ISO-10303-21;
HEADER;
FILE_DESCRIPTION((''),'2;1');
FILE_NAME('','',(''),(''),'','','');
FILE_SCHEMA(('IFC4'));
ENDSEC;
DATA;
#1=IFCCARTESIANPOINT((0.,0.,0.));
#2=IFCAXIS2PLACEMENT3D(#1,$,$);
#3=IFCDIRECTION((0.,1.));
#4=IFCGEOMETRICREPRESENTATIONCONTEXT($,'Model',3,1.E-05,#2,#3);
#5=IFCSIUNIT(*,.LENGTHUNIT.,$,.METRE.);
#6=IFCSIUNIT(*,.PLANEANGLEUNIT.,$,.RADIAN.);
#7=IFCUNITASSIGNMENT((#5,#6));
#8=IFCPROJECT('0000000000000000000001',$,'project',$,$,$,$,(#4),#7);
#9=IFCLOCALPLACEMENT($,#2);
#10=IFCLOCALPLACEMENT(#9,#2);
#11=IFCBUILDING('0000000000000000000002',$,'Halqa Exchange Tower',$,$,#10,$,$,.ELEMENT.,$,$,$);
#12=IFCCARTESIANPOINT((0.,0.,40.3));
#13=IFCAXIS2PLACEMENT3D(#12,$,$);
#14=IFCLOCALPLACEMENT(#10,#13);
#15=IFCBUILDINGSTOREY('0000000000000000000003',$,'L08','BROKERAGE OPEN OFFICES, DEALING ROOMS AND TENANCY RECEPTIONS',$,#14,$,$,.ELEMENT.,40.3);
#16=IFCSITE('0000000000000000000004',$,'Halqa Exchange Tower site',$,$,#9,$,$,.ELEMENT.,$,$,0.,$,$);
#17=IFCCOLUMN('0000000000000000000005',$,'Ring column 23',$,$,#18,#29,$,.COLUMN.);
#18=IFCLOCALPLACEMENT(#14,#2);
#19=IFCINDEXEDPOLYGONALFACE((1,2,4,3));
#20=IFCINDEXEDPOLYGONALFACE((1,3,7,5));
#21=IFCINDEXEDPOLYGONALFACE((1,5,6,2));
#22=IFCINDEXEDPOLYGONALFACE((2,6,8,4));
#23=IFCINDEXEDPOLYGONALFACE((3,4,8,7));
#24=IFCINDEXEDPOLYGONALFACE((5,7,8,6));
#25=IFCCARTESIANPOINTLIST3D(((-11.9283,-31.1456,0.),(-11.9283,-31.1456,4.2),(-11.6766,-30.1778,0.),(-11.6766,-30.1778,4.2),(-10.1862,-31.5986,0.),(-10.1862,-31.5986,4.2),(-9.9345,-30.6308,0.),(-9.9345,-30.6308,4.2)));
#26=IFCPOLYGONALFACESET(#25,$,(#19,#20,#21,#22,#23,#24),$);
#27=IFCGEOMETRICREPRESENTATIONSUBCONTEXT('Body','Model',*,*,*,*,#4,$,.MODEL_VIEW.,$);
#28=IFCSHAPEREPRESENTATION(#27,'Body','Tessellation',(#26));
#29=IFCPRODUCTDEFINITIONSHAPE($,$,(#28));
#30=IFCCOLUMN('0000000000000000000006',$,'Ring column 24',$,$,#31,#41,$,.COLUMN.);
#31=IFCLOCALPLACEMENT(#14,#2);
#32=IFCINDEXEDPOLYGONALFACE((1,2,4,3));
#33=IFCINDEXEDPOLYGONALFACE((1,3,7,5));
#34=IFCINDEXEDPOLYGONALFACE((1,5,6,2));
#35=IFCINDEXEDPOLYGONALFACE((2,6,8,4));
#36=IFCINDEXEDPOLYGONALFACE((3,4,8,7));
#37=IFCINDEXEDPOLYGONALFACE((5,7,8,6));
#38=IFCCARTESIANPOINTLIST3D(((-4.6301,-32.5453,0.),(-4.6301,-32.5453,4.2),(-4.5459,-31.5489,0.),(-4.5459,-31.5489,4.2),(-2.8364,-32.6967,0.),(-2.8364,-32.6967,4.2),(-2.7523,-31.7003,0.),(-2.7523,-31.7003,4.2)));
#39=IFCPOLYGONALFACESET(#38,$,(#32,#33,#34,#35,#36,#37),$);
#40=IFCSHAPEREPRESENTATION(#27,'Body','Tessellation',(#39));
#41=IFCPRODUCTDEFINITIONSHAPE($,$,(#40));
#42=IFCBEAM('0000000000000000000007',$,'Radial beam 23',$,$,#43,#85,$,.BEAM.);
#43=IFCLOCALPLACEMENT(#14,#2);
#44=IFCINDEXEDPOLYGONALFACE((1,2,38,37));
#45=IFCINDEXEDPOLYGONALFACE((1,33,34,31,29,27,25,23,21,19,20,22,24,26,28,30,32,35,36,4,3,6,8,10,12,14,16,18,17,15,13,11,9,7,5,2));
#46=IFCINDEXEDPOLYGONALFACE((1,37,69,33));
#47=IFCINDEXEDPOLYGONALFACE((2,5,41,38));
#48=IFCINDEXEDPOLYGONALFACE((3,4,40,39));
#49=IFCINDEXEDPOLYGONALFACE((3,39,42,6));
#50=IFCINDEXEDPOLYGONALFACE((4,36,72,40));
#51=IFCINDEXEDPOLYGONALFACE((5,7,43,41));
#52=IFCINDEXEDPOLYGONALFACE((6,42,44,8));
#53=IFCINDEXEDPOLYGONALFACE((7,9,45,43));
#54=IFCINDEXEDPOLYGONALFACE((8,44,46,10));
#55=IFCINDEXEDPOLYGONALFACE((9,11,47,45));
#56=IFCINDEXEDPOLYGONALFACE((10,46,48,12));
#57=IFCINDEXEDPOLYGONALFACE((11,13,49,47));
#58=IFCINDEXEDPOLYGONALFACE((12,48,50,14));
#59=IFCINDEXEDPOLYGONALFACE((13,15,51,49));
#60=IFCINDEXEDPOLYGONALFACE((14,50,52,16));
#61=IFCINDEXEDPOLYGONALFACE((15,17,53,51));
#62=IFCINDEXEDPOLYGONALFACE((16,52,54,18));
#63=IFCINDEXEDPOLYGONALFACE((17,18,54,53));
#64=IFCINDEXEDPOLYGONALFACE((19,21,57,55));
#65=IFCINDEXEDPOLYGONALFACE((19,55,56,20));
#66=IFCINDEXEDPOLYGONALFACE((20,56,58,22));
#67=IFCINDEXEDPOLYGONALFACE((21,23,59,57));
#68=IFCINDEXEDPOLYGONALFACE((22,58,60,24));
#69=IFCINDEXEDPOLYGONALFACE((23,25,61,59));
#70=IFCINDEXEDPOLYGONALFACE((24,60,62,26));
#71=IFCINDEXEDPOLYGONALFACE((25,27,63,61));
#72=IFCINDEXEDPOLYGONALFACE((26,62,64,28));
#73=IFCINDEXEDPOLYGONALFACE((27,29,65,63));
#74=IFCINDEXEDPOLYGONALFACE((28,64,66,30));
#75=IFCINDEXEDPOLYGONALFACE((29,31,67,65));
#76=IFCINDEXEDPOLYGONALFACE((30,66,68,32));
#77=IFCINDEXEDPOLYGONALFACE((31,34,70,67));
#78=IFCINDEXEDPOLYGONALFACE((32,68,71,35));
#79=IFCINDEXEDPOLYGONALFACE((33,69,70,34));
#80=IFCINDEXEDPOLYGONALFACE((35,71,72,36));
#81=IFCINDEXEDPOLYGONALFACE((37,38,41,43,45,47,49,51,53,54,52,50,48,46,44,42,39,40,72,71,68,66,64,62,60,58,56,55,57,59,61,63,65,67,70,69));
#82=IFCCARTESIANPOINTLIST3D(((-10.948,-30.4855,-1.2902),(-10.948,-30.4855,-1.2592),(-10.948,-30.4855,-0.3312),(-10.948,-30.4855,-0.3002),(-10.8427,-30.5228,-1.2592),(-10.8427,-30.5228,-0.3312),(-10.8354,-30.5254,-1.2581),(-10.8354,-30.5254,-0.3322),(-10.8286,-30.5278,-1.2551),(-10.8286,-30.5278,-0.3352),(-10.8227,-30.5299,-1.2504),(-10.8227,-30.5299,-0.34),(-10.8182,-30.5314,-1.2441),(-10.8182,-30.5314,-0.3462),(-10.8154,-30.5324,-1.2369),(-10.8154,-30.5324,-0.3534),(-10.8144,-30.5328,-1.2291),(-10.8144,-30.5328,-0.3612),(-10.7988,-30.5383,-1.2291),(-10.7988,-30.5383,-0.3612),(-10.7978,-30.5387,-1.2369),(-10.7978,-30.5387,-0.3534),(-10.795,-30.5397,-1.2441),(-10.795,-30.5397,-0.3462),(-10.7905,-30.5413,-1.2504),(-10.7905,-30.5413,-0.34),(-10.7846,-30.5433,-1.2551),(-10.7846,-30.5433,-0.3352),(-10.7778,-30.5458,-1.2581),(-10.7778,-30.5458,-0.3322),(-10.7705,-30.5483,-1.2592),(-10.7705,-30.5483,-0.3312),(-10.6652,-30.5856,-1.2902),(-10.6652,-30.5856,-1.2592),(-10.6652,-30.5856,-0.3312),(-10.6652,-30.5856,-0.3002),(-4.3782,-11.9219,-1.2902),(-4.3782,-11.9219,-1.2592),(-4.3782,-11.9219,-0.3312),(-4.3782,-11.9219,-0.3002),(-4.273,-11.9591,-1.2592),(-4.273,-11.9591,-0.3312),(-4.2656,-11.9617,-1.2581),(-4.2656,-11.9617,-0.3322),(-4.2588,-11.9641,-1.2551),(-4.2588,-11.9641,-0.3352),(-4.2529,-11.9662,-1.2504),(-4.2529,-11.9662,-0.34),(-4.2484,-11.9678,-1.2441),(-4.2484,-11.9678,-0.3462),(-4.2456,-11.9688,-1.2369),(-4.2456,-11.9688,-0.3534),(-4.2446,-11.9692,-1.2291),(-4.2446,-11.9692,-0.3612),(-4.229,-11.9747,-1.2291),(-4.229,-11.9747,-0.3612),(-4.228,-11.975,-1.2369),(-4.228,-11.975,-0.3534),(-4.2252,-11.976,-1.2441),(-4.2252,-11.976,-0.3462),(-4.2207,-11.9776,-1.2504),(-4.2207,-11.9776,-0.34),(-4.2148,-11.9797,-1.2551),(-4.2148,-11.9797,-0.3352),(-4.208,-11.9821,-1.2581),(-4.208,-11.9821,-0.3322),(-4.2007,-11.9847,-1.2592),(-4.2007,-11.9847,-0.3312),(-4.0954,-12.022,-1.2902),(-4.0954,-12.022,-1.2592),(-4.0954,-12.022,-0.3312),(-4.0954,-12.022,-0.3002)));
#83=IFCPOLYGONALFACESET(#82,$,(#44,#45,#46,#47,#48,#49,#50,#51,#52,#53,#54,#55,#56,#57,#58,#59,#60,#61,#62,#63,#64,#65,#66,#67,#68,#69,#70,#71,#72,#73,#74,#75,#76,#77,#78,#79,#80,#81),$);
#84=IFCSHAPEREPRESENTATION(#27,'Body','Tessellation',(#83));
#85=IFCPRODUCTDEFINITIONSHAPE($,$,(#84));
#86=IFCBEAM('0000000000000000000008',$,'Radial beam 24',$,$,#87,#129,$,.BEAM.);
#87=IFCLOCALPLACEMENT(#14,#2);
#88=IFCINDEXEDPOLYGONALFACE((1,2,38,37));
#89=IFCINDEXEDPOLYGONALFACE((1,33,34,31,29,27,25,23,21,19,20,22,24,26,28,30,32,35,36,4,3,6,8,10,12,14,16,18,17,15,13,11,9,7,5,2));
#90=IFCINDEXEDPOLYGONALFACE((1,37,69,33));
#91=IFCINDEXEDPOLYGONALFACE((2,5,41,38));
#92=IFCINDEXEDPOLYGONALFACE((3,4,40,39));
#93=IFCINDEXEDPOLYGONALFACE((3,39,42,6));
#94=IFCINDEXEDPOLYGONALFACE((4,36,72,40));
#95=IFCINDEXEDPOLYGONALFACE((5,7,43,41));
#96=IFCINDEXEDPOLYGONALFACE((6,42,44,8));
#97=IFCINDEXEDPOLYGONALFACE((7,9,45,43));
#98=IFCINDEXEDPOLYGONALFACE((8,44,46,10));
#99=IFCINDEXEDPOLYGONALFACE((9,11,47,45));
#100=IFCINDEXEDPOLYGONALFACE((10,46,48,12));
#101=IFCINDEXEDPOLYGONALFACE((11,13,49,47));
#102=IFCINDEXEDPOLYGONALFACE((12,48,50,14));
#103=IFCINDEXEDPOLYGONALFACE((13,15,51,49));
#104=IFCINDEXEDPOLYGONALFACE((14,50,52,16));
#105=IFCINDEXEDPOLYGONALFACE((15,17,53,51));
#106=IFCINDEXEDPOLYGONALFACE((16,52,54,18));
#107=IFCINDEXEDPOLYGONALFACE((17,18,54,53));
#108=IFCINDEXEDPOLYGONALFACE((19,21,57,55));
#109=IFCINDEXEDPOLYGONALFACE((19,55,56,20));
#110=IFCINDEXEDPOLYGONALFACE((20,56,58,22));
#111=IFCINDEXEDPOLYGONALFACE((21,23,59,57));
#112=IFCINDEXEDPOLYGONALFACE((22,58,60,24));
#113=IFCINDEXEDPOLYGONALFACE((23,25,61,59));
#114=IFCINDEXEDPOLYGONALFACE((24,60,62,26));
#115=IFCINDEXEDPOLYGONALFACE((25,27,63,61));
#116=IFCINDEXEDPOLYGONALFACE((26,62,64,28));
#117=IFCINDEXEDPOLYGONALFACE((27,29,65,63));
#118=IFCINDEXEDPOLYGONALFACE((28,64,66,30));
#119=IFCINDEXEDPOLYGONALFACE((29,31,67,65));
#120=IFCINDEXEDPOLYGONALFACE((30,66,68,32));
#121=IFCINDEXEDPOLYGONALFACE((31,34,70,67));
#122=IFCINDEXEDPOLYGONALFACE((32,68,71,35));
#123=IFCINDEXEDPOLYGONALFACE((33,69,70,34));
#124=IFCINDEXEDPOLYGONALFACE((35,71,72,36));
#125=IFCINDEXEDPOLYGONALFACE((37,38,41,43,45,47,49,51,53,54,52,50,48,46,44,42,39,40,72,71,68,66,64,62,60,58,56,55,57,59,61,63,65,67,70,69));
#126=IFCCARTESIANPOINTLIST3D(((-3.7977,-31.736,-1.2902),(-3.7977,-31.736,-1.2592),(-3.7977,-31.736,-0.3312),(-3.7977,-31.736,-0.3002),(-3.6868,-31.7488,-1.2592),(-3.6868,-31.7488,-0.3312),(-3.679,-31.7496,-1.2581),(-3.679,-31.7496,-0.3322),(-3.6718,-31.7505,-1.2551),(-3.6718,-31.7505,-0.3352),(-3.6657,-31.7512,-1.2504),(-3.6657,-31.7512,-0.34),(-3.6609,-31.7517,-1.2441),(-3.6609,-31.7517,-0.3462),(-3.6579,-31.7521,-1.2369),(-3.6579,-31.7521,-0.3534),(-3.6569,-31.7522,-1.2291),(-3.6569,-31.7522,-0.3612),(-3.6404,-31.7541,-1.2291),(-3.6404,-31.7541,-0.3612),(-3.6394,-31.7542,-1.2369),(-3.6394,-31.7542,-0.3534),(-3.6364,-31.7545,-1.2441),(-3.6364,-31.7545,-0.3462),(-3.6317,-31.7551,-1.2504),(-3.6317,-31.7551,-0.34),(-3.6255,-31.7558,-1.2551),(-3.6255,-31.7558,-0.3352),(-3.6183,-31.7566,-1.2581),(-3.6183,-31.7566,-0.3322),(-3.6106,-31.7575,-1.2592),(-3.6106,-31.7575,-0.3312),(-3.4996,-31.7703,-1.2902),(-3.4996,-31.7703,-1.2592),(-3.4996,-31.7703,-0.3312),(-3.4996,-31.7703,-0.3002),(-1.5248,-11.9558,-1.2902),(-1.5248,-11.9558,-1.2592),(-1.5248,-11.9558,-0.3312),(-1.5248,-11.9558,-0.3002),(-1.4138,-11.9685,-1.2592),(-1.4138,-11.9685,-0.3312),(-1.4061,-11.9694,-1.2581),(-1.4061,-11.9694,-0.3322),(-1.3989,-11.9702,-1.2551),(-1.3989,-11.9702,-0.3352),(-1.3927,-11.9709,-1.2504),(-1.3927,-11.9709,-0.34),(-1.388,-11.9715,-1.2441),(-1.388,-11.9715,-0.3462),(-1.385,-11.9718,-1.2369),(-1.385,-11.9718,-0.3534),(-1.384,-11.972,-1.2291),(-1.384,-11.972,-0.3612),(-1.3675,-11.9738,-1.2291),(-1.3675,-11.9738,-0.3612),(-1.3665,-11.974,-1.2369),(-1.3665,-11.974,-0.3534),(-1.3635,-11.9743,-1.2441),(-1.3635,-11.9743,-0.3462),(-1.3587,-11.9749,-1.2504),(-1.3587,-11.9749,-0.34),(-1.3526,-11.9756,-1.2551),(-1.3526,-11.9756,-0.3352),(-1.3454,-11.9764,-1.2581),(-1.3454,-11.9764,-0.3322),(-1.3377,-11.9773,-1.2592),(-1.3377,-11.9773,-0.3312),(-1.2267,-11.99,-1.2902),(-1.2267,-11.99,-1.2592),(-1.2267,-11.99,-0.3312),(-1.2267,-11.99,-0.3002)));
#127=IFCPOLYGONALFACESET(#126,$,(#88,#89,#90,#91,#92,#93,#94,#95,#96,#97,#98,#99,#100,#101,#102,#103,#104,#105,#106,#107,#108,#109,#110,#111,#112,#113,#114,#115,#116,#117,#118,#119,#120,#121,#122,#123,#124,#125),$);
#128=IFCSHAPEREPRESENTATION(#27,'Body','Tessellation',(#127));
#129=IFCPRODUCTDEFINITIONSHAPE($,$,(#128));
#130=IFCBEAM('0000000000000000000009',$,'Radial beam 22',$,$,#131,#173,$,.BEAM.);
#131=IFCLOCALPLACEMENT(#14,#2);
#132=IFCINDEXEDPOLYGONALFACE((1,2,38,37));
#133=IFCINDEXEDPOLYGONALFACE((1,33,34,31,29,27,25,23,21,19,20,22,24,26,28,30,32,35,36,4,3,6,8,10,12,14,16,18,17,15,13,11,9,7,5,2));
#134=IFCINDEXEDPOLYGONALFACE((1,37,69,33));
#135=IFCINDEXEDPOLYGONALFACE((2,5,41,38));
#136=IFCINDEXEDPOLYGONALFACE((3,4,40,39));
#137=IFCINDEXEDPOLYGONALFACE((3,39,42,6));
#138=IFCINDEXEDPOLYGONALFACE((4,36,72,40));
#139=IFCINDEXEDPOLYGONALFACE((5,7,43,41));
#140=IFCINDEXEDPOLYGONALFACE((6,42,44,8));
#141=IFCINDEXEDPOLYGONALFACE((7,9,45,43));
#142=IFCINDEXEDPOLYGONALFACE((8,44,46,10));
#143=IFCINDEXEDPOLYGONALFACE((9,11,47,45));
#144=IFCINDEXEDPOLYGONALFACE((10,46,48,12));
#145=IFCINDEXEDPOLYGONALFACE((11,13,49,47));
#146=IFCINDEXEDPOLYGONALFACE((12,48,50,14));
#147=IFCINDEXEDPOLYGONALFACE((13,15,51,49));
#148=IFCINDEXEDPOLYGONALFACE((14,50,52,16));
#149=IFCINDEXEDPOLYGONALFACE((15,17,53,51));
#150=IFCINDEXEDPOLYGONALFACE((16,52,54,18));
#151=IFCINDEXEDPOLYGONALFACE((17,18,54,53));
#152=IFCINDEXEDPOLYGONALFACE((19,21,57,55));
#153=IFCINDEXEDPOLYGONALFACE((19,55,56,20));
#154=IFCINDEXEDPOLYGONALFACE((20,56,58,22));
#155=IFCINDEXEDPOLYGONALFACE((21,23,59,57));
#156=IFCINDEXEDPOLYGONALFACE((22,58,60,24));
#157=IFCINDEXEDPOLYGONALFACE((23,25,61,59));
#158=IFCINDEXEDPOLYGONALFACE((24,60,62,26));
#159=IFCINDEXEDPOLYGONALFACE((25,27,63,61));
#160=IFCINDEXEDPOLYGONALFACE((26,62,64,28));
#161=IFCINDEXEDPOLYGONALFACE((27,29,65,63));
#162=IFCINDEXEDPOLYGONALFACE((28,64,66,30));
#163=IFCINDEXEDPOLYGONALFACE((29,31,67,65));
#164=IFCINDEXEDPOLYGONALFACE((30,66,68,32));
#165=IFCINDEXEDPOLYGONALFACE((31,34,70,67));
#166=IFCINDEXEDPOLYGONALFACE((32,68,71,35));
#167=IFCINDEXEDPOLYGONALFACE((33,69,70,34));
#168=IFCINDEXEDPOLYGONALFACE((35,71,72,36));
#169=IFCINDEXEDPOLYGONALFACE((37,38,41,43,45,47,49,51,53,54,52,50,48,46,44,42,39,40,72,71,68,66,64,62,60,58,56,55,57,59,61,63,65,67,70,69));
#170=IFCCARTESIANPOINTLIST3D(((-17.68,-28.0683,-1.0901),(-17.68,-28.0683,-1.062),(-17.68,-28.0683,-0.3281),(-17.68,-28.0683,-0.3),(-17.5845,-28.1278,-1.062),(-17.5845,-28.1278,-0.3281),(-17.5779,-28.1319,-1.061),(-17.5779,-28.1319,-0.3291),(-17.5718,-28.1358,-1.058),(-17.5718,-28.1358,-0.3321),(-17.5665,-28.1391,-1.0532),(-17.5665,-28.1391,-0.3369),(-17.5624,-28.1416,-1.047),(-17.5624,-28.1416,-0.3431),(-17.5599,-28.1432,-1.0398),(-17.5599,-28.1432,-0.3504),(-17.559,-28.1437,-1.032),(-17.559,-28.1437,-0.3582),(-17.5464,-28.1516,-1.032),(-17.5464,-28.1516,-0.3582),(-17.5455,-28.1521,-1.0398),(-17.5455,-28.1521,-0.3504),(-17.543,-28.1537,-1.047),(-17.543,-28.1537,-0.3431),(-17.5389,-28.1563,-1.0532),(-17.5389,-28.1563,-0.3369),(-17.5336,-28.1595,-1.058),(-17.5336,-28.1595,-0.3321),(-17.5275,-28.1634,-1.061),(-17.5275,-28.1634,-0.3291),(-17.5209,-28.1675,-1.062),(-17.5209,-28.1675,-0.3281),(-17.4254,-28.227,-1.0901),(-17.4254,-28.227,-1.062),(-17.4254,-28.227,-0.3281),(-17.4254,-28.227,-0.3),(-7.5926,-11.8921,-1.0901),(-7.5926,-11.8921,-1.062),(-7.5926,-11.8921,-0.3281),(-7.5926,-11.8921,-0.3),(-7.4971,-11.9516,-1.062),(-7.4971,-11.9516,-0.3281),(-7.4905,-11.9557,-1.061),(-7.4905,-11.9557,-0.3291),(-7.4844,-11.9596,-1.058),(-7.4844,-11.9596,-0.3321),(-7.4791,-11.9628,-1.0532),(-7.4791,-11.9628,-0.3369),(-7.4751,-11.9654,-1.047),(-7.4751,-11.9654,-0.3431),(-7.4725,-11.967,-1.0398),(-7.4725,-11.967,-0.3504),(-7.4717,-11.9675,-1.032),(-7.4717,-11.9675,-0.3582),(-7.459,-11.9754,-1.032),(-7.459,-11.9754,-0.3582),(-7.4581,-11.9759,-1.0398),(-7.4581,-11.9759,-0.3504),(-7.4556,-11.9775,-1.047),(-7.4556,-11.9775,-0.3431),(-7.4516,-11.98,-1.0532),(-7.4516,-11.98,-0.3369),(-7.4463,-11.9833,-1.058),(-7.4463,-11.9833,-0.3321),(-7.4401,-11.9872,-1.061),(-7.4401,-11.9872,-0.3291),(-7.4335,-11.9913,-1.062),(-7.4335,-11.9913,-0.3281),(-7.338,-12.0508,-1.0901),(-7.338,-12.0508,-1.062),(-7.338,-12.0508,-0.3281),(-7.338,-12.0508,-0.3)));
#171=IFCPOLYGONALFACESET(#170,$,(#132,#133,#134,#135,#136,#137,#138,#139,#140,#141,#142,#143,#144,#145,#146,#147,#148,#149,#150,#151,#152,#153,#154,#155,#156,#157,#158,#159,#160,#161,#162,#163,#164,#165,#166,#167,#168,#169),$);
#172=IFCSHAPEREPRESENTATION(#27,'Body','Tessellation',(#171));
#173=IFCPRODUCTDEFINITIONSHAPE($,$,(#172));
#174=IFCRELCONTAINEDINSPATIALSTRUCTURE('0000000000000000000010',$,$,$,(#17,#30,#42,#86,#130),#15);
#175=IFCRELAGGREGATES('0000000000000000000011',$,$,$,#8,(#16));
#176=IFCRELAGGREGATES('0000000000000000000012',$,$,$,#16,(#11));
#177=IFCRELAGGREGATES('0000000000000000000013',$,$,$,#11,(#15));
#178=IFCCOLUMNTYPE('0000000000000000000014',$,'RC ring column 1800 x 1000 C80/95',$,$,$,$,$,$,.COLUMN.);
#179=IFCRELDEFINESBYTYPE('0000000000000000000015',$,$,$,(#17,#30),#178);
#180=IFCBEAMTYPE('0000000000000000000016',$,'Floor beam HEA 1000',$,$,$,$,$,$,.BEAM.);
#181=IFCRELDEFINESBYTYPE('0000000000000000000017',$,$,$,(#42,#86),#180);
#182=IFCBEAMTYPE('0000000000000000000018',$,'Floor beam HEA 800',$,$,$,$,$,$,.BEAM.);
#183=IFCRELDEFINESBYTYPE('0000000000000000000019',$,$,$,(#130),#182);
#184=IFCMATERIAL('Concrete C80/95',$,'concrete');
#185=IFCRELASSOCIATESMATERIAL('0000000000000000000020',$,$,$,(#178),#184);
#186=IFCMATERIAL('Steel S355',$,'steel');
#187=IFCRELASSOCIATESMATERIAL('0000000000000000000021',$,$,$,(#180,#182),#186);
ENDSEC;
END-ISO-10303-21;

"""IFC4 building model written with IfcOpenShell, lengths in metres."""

from ifc_helpers import new_model, si_unit, direction, frame, origin, origin_2d, place, context, subcontext, project, spatial, rectangle, i_section, extrude, material, material_profile, profile_set, type_object, element, save


model = new_model("IFC4")

# Units and contexts
model_context = context("Model", 3, precision=1e-05, world=origin(), true_north=direction((0.0, 1.0)))
body_context = subcontext(model_context, "Body", "Model", "MODEL_VIEW")
ifc_project = project(units=[si_unit("LENGTHUNIT", "METRE"), si_unit("PLANEANGLEUNIT", "RADIAN")], contexts=[model_context])

# Site, building, storey
site_placement = place(None, origin())
site = spatial("IfcSite", under=ifc_project, at=site_placement, Name="Halqa Exchange Tower site", CompositionType="ELEMENT", RefElevation=0.0)
building_placement = place(site_placement, origin())
building = spatial("IfcBuilding", under=site, at=building_placement, Name="Halqa Exchange Tower", CompositionType="ELEMENT")
storey_placement = place(building_placement, frame((0.0, 0.0, 40.3)))
storey = spatial("IfcBuildingStorey", under=building, at=storey_placement, Name="L08", Description="BROKERAGE OPEN OFFICES, DEALING ROOMS AND TENANCY RECEPTIONS", CompositionType="ELEMENT", Elevation=40.3)

# Columns
ifc_material_1 = material(Name="Concrete C80/95", Category="concrete")
ifc_material_profile_1 = material_profile(ifc_material_1, rectangle(XDim=1.8, YDim=1.0, at=origin_2d()), Name="1800 x 1000")
ifc_profile_set_1 = profile_set([ifc_material_profile_1], Name="Concrete C80/95")
column_type = type_object("IfcColumnType", Name="RC ring column 1800 x 1000 C80/95", PredefinedType="COLUMN", material=ifc_profile_set_1)
for number, where, z_axis, x_axis, name in (
    (1, (-10.9314, -30.8882, 0.0), (0.0, 0.0, 1.0), (0.967819, -0.251647, 0.0), "Ring column 23"),
    (2, (-3.6912, -32.1228, 0.0), (0.0, 0.0, 1.0), (0.996455, -0.084125, 0.0), "Ring column 24"),
):
    element("IfcColumn", number, at=place(storey_placement, frame(where, z_axis=z_axis, x_axis=x_axis)), inside=storey, type_object=column_type, Name=name, PredefinedType="COLUMN", context=body_context, shape_type="SweptSolid", body=[
        extrude(rectangle(XDim=1.8, YDim=1.0, at=origin_2d()), origin(), (0.0, 0.0, 1.0), 4.2),
    ])

# Beams
ifc_material_2 = material(Name="Steel S355", Category="steel")
ifc_material_profile_2 = material_profile(ifc_material_2, i_section(OverallWidth=0.3, OverallDepth=0.99, WebThickness=0.0166, FlangeThickness=0.031, FilletRadius=0.03, at=origin_2d()), Name="HEA 1000")
ifc_profile_set_2 = profile_set([ifc_material_profile_2], Name="Steel S355")
beam_type_1 = type_object("IfcBeamType", Name="Floor beam HEA 1000", PredefinedType="BEAM", material=ifc_profile_set_2)
beam_1_placement = place(storey_placement, frame((-4.2368, -11.9719, -0.7952), z_axis=(-0.333629, -0.942704, 0.0), x_axis=(0.942704, -0.333629, 0.0)))
element("IfcBeam", 3, at=beam_1_placement, inside=storey, type_object=beam_type_1, Name="Radial beam 23", PredefinedType="BEAM", context=body_context, shape_type="SweptSolid", body=[
    extrude(i_section(OverallWidth=0.3, OverallDepth=0.99, WebThickness=0.0166, FlangeThickness=0.031, FilletRadius=0.03, at=origin_2d()), origin(), (0.0, 0.0, 1.0), 19.6919),
])
beam_2_placement = place(storey_placement, frame((-1.3757, -11.9729, -0.7952), z_axis=(-0.114159, -0.993463, 0.0), x_axis=(0.993463, -0.114159, 0.0)))
element("IfcBeam", 4, at=beam_2_placement, inside=storey, type_object=beam_type_1, Name="Radial beam 24", PredefinedType="BEAM", context=body_context, shape_type="SweptSolid", body=[
    extrude(i_section(OverallWidth=0.3, OverallDepth=0.99, WebThickness=0.0166, FlangeThickness=0.031, FilletRadius=0.03, at=origin_2d()), origin(), (0.0, 0.0, 1.0), 19.9104),
])
ifc_material_profile_3 = material_profile(ifc_material_2, i_section(OverallWidth=0.3, OverallDepth=0.79, WebThickness=0.0149, FlangeThickness=0.0281, FilletRadius=0.03, at=origin_2d()), Name="HEA 800")
ifc_profile_set_3 = profile_set([ifc_material_profile_3], Name="Steel S355")
beam_type_2 = type_object("IfcBeamType", Name="Floor beam HEA 800", PredefinedType="BEAM", material=ifc_profile_set_3)
beam_3_placement = place(storey_placement, frame((-7.4653, -11.9714, -0.6951), z_axis=(-0.52914, -0.848535, 0.0), x_axis=(0.848535, -0.52914, 0.0)))
element("IfcBeam", 5, at=beam_3_placement, inside=storey, type_object=beam_type_2, Name="Radial beam 22", PredefinedType="BEAM", context=body_context, shape_type="SweptSolid", body=[
    extrude(i_section(OverallWidth=0.3, OverallDepth=0.79, WebThickness=0.0149, FlangeThickness=0.0281, FilletRadius=0.03, at=origin_2d()), origin(), (0.0, 0.0, 1.0), 19.0637),
])

save(model, "model.ifc")
